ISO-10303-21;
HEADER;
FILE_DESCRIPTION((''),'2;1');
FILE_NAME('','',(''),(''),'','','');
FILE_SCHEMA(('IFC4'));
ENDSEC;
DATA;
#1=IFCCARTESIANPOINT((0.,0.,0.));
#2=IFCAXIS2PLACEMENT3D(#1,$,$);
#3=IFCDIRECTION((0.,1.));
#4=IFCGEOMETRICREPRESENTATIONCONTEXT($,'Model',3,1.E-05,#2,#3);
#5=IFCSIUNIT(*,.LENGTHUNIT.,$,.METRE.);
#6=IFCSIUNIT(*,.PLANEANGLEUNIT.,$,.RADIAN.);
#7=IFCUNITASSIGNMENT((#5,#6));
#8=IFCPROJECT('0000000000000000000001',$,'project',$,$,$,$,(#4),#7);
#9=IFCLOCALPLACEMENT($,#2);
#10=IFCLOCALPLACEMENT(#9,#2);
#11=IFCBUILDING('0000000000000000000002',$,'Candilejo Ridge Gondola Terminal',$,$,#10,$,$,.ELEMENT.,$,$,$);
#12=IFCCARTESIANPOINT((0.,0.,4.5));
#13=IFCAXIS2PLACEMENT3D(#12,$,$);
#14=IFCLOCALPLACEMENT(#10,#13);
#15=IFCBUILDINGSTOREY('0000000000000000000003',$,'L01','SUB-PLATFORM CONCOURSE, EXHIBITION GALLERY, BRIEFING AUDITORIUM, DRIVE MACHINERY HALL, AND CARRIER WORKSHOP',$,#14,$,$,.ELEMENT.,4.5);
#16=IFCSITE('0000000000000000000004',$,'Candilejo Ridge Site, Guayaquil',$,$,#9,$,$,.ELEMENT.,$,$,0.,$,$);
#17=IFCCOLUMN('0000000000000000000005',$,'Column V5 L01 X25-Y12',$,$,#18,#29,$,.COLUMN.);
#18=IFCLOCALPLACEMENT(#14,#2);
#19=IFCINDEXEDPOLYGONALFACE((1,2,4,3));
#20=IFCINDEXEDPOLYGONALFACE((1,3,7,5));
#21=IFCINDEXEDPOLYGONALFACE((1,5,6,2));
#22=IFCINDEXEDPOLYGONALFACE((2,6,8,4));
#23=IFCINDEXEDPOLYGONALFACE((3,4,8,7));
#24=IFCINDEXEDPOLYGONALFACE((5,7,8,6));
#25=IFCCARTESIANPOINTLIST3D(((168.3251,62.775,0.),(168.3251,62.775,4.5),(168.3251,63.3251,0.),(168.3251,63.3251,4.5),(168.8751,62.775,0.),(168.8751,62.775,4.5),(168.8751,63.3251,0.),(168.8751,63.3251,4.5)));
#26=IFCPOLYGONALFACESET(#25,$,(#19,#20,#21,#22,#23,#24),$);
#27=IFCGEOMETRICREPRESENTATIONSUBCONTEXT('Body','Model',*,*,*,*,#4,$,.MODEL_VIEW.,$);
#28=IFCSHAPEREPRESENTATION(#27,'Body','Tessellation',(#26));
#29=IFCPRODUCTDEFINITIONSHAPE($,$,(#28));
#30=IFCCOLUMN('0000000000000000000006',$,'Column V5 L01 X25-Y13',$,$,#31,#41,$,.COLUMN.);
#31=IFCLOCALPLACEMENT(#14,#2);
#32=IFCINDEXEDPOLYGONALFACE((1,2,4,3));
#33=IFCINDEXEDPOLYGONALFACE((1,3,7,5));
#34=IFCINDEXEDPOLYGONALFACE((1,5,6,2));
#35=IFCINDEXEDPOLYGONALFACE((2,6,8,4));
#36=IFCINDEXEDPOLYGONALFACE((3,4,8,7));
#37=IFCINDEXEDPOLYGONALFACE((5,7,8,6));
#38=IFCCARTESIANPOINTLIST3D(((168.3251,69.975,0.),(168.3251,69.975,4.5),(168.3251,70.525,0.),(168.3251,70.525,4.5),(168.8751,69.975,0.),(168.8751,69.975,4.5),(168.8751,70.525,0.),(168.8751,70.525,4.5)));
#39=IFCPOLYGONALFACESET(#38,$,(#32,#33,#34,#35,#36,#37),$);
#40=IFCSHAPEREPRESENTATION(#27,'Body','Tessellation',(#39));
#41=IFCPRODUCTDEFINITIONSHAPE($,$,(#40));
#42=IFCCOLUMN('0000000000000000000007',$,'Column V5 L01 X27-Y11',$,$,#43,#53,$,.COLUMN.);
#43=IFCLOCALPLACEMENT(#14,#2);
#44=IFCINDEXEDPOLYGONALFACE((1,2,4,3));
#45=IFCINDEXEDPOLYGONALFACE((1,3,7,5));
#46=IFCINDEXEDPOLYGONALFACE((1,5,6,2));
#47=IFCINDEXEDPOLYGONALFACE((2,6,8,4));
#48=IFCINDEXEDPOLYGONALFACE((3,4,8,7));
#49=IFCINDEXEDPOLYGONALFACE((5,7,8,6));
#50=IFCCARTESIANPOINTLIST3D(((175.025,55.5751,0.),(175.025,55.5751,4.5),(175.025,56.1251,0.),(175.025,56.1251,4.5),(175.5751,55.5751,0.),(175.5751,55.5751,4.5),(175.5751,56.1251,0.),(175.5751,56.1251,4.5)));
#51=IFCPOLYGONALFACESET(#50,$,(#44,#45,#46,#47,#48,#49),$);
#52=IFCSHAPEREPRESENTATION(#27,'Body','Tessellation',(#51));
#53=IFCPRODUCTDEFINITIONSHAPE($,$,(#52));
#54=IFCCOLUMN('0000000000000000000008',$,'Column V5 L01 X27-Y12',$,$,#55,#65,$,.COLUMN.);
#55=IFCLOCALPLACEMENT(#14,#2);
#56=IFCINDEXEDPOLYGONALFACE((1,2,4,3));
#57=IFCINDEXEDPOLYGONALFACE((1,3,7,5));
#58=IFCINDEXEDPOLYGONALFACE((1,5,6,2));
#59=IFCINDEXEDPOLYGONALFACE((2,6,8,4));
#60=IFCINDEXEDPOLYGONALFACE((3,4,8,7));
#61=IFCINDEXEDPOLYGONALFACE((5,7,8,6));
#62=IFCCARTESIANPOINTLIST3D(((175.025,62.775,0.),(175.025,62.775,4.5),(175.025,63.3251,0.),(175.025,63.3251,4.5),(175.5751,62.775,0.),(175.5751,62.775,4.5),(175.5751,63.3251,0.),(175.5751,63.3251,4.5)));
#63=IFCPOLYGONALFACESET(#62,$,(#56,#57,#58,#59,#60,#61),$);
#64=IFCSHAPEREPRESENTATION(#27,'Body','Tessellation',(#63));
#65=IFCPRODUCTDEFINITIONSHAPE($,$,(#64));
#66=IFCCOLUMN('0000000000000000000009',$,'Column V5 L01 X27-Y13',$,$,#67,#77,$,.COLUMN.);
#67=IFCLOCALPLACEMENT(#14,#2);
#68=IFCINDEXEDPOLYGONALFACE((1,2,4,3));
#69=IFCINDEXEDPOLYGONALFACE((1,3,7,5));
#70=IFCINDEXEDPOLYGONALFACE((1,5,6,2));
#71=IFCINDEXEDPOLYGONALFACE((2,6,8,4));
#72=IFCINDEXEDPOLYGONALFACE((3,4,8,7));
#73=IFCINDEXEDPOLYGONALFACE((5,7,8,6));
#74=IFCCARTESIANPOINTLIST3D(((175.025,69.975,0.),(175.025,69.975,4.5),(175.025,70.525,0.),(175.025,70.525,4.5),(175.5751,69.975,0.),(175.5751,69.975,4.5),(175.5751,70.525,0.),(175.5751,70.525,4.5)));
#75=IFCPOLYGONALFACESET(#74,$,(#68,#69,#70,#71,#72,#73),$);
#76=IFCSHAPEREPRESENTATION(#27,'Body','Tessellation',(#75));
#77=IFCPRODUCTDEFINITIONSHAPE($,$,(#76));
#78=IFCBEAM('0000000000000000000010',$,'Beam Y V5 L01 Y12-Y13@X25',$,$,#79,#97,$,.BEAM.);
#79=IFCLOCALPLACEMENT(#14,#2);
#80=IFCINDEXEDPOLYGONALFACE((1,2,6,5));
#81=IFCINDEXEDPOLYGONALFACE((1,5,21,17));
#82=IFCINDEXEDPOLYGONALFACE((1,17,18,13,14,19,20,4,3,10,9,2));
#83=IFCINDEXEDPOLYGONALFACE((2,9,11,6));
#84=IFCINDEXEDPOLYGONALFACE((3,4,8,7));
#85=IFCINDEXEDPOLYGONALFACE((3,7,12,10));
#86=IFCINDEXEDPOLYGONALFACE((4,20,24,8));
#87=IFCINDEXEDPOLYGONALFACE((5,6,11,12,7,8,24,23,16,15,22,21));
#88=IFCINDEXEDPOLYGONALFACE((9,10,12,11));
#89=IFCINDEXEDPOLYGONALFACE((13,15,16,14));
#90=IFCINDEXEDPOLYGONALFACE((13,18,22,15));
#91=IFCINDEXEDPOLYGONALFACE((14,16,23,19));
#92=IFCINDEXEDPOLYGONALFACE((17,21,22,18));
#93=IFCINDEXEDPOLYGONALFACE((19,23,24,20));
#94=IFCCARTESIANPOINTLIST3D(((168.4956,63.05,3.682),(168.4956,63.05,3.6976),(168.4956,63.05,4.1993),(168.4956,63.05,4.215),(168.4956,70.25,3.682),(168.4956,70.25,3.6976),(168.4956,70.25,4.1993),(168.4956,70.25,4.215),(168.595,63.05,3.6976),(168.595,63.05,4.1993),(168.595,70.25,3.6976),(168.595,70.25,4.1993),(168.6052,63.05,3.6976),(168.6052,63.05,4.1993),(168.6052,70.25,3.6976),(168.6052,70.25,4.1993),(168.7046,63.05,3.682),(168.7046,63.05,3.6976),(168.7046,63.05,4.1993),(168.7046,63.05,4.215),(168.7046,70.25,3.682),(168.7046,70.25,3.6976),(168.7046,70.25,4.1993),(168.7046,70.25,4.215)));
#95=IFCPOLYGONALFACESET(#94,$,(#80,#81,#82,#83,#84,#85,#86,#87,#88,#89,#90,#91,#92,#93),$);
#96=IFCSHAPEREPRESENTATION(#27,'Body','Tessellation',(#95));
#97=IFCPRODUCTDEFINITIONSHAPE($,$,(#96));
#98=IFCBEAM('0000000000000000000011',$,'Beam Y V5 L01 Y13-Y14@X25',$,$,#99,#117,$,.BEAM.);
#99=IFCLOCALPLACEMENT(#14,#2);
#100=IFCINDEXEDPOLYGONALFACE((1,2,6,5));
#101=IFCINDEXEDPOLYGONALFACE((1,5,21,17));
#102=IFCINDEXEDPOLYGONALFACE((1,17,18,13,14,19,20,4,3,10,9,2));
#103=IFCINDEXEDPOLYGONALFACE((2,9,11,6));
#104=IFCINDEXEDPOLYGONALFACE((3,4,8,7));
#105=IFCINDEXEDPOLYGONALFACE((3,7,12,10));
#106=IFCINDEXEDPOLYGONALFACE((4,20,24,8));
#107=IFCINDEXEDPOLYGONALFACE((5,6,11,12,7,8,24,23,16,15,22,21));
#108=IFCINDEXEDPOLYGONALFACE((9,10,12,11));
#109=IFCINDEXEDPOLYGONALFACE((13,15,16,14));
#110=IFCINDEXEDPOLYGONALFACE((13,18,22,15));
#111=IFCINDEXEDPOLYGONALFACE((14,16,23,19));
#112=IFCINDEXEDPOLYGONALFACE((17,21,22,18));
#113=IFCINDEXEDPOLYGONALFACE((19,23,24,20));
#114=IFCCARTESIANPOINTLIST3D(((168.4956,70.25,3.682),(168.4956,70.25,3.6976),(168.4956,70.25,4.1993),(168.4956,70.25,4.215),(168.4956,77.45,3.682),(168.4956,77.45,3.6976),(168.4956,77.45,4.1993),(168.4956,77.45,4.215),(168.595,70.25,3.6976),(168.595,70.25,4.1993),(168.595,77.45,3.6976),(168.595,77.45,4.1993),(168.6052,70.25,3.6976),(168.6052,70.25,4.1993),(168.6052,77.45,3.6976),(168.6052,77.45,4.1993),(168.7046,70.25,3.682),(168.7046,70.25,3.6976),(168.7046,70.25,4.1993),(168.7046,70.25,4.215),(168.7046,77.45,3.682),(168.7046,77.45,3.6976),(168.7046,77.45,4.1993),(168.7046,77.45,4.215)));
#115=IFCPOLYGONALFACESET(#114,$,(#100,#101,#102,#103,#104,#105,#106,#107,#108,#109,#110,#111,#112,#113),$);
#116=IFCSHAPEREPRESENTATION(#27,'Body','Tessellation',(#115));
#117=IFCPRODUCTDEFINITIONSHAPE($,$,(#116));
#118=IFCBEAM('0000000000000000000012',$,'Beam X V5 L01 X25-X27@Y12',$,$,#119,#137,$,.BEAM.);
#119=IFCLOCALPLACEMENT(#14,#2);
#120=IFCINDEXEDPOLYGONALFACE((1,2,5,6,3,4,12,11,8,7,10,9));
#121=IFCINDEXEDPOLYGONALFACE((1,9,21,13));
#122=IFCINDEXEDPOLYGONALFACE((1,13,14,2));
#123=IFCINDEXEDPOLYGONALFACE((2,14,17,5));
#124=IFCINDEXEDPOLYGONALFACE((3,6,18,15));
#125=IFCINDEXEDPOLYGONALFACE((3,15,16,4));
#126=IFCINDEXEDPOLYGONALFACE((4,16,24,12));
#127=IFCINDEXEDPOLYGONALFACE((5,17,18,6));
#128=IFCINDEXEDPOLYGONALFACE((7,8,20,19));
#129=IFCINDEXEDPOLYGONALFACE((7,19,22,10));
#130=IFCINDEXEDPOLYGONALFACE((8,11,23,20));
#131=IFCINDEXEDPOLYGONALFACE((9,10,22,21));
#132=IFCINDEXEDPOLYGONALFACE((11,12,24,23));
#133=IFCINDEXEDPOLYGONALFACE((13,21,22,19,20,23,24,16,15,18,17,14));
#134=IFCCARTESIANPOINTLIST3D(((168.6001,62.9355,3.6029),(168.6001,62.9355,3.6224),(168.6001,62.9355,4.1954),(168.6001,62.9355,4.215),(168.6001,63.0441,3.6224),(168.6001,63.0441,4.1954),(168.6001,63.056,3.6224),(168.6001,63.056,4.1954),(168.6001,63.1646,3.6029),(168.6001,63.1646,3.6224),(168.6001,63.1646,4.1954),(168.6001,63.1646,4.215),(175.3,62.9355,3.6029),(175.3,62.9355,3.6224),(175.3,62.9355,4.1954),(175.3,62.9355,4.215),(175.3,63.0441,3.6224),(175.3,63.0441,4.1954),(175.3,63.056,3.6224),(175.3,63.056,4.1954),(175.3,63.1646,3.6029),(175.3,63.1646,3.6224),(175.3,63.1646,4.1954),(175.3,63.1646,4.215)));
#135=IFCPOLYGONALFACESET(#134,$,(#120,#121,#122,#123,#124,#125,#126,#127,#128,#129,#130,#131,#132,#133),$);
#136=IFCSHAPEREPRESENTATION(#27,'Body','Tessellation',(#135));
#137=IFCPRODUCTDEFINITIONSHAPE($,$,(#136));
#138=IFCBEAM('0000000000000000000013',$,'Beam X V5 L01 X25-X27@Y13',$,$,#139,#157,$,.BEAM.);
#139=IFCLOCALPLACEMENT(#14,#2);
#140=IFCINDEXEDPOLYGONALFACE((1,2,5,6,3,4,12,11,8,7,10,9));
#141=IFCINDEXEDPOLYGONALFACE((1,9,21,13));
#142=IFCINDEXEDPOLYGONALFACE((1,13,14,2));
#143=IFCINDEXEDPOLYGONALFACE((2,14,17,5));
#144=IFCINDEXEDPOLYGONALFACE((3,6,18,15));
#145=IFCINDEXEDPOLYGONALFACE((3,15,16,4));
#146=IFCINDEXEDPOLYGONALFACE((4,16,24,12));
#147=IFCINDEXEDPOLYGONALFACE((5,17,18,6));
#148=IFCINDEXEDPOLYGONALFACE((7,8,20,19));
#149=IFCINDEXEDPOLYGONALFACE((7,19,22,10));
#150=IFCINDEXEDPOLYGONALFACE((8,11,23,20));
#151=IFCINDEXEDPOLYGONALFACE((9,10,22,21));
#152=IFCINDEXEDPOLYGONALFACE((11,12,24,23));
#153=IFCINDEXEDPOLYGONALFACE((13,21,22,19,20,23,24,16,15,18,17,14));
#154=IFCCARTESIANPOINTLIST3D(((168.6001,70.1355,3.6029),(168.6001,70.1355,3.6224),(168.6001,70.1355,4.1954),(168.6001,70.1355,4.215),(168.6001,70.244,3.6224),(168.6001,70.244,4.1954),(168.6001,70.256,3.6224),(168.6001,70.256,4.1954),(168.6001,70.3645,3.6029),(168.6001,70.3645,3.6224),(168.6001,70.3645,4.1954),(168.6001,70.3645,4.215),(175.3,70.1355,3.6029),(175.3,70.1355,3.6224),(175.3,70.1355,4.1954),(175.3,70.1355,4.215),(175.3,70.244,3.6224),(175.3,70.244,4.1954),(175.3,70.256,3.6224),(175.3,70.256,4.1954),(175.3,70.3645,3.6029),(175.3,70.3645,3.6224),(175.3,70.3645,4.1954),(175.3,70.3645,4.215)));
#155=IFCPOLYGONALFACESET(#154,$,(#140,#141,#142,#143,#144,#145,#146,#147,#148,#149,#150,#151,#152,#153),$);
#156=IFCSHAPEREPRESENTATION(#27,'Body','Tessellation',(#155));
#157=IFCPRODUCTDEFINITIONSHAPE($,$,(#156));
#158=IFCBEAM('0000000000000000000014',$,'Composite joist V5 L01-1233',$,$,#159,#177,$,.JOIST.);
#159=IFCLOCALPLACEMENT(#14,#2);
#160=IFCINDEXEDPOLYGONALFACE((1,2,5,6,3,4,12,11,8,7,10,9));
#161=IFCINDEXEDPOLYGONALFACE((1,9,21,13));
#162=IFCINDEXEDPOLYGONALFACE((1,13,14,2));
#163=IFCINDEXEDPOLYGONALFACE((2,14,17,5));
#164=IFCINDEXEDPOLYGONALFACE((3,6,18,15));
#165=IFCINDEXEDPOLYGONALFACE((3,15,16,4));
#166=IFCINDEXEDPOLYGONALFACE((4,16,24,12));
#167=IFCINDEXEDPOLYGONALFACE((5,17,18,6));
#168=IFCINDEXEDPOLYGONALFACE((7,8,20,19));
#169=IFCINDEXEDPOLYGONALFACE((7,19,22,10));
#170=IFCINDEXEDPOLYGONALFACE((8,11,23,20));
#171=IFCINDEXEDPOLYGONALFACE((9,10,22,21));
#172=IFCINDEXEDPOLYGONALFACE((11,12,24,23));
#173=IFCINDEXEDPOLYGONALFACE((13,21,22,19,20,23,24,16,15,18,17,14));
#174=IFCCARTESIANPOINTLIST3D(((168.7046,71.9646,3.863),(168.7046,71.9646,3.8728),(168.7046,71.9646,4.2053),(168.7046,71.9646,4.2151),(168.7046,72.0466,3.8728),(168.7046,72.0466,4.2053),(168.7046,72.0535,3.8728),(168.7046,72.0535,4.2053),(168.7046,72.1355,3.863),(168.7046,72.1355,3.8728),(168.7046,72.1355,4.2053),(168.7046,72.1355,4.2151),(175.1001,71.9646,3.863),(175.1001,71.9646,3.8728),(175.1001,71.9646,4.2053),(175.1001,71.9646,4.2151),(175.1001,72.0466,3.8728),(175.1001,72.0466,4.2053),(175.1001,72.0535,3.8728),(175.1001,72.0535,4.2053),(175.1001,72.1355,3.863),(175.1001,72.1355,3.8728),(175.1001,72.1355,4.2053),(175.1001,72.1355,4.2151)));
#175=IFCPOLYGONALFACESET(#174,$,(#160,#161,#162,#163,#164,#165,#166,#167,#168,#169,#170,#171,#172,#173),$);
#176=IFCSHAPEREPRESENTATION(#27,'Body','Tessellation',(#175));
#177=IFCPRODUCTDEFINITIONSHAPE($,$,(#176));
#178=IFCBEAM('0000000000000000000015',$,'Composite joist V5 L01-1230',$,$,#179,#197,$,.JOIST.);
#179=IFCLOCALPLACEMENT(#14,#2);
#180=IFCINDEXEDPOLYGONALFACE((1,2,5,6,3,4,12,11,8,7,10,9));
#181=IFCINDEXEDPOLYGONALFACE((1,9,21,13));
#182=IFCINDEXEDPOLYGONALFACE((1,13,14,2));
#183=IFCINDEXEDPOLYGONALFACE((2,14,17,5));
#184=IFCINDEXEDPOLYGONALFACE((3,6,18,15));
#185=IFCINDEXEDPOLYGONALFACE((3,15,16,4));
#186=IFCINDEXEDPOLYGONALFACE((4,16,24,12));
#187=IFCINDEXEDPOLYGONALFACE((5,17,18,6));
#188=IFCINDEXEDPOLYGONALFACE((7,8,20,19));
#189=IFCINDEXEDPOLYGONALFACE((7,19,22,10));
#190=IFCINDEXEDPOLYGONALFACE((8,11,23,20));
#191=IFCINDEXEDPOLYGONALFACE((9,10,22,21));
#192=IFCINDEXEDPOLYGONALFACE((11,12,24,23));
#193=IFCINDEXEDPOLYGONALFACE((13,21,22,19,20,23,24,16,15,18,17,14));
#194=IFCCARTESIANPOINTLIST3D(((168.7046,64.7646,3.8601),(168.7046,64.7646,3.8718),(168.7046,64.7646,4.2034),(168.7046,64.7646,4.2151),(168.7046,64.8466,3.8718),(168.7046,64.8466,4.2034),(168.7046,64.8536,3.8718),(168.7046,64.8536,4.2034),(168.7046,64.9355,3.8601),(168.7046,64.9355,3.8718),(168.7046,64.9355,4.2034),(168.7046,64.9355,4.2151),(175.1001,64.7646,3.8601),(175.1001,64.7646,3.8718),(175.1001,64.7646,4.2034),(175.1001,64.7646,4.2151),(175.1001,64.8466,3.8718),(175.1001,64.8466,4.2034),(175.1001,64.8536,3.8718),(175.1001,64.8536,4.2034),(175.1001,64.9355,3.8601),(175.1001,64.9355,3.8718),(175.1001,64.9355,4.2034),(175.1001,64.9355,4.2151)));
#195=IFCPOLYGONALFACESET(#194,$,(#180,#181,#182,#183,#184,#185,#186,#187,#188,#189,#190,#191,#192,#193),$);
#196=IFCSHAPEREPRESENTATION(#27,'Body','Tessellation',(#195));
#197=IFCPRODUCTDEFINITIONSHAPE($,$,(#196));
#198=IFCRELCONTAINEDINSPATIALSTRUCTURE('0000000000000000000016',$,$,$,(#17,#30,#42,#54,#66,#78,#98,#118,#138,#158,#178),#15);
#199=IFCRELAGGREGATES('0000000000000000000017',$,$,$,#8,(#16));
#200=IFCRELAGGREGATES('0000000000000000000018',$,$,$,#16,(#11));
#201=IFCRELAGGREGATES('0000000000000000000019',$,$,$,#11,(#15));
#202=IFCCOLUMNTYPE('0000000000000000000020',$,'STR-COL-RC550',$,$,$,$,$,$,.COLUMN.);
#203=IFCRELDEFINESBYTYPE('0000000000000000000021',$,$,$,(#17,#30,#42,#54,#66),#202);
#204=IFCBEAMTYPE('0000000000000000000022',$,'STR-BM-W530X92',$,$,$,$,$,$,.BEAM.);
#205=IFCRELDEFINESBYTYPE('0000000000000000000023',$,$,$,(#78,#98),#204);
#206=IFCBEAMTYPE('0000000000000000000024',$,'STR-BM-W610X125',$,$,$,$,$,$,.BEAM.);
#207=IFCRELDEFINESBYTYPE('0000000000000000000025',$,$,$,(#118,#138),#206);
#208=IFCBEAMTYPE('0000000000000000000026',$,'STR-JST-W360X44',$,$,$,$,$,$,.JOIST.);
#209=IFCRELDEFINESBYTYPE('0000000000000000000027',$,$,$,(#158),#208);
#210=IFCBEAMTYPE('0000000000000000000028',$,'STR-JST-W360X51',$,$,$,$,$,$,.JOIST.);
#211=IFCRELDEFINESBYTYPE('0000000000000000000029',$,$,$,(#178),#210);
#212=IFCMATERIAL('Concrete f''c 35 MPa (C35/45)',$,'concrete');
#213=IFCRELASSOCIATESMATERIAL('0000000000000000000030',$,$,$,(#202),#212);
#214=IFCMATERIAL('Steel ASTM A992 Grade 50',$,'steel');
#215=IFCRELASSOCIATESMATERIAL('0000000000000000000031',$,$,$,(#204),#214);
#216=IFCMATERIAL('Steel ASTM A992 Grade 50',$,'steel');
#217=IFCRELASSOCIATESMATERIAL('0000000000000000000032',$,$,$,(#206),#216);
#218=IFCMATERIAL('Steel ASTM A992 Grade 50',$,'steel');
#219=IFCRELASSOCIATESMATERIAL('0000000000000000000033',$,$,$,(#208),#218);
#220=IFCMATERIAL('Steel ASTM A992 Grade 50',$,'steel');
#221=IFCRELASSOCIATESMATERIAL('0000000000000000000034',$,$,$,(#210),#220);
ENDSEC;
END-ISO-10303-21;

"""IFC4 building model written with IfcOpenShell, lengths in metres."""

from ifc_helpers import new_model, si_unit, direction, frame, origin, origin_2d, place, context, subcontext, project, spatial, rectangle, i_section, extrude, material, material_profile, profile_set, type_object, element, save


model = new_model("IFC4")

# Units and contexts
model_context = context("Model", 3, precision=1e-05, world=origin(), true_north=direction((0.0, 1.0)))
body_context = subcontext(model_context, "Body", "Model", "MODEL_VIEW")
ifc_project = project(units=[si_unit("LENGTHUNIT", "METRE"), si_unit("PLANEANGLEUNIT", "RADIAN")], contexts=[model_context])

# Site, building, storey
site_placement = place(None, origin())
site = spatial("IfcSite", under=ifc_project, at=site_placement, Name="Candilejo Ridge Site, Guayaquil", CompositionType="ELEMENT", RefElevation=0.0)
building_placement = place(site_placement, origin())
building = spatial("IfcBuilding", under=site, at=building_placement, Name="Candilejo Ridge Gondola Terminal", CompositionType="ELEMENT")
storey_placement = place(building_placement, frame((0.0, 0.0, 4.5)))
storey = spatial("IfcBuildingStorey", under=building, at=storey_placement, Name="L01", Description="SUB-PLATFORM CONCOURSE, EXHIBITION GALLERY, BRIEFING AUDITORIUM, DRIVE MACHINERY HALL, AND CARRIER WORKSHOP", CompositionType="ELEMENT", Elevation=4.5)

# Columns
ifc_material_1 = material(Name="Concrete f'c 35 MPa (C35/45)", Category="concrete")
ifc_material_profile_1 = material_profile(ifc_material_1, rectangle(XDim=0.55, YDim=0.55, at=origin_2d()))
ifc_profile_set_1 = profile_set([ifc_material_profile_1], Name="Concrete f'c 35 MPa (C35/45)")
column_type = type_object("IfcColumnType", Name="STR-COL-RC550", PredefinedType="COLUMN", material=ifc_profile_set_1)
for number, where, z_axis, x_axis, name in (
    (1, (168.6001, 63.05, 0.0), (0.0, 0.0, 1.0), (1.0, 0.0, 0.0), "Column V5 L01 X25-Y12"),
    (2, (168.6001, 70.25, 0.0), (0.0, 0.0, 1.0), (1.0, 0.0, 0.0), "Column V5 L01 X25-Y13"),
    (3, (175.3, 55.8501, 0.0), (0.0, 0.0, 1.0), (1.0, 0.0, 0.0), "Column V5 L01 X27-Y11"),
    (4, (175.3, 63.05, 0.0), (0.0, 0.0, 1.0), (1.0, 0.0, 0.0), "Column V5 L01 X27-Y12"),
    (5, (175.3, 70.25, 0.0), (0.0, 0.0, 1.0), (1.0, 0.0, 0.0), "Column V5 L01 X27-Y13"),
):
    element("IfcColumn", number, at=place(storey_placement, frame(where, z_axis=z_axis, x_axis=x_axis)), inside=storey, type_object=column_type, Name=name, PredefinedType="COLUMN", context=body_context, shape_type="SweptSolid", body=[
        extrude(rectangle(XDim=0.55, YDim=0.55, at=origin_2d()), origin(), (0.0, 0.0, 1.0), 4.5),
    ])

# Beams
ifc_material_2 = material(Name="Steel ASTM A992 Grade 50", Category="steel")
ifc_material_profile_2 = material_profile(ifc_material_2, i_section(OverallWidth=0.209, OverallDepth=0.533, WebThickness=0.0103, FlangeThickness=0.0156, at=origin_2d()))
ifc_profile_set_2 = profile_set([ifc_material_profile_2], Name="Steel ASTM A992 Grade 50")
beam_type_1 = type_object("IfcBeamType", Name="STR-BM-W530X92", PredefinedType="BEAM", material=ifc_profile_set_2)
for number, where, z_axis, x_axis, name in (
    (6, (168.6001, 63.05, 3.9485), (0.0, 1.0, 0.0), (-1.0, 0.0, 0.0), "Beam Y V5 L01 Y12-Y13@X25"),
    (7, (168.6001, 70.25, 3.9485), (0.0, 1.0, 0.0), (-1.0, 0.0, 0.0), "Beam Y V5 L01 Y13-Y14@X25"),
):
    element("IfcBeam", number, at=place(storey_placement, frame(where, z_axis=z_axis, x_axis=x_axis)), inside=storey, type_object=beam_type_1, Name=name, PredefinedType="BEAM", context=body_context, shape_type="SweptSolid", body=[
        extrude(i_section(OverallWidth=0.209, OverallDepth=0.533, WebThickness=0.0103, FlangeThickness=0.0156, at=origin_2d()), origin(), (0.0, 0.0, 1.0), 7.2),
    ])
ifc_material_3 = material(Name="Steel ASTM A992 Grade 50", Category="steel")
ifc_material_profile_3 = material_profile(ifc_material_3, i_section(OverallWidth=0.229, OverallDepth=0.6121, WebThickness=0.012, FlangeThickness=0.0195, at=origin_2d()))
ifc_profile_set_3 = profile_set([ifc_material_profile_3], Name="Steel ASTM A992 Grade 50")
beam_type_2 = type_object("IfcBeamType", Name="STR-BM-W610X125", PredefinedType="BEAM", material=ifc_profile_set_3)
for number, where, z_axis, x_axis, name in (
    (8, (168.6001, 63.05, 3.9089), (1.0, 0.0, 0.0), (0.0, 1.0, 0.0), "Beam X V5 L01 X25-X27@Y12"),
    (9, (168.6001, 70.25, 3.9089), (1.0, 0.0, 0.0), (0.0, 1.0, 0.0), "Beam X V5 L01 X25-X27@Y13"),
):
    element("IfcBeam", number, at=place(storey_placement, frame(where, z_axis=z_axis, x_axis=x_axis)), inside=storey, type_object=beam_type_2, Name=name, PredefinedType="BEAM", context=body_context, shape_type="SweptSolid", body=[
        extrude(i_section(OverallWidth=0.229, OverallDepth=0.6121, WebThickness=0.012, FlangeThickness=0.0195, at=origin_2d()), origin(), (0.0, 0.0, 1.0), 6.7),
    ])
ifc_material_4 = material(Name="Steel ASTM A992 Grade 50", Category="steel")
ifc_material_profile_4 = material_profile(ifc_material_4, i_section(OverallWidth=0.1709, OverallDepth=0.3521, WebThickness=0.0068, FlangeThickness=0.0098, at=origin_2d()))
ifc_profile_set_4 = profile_set([ifc_material_profile_4], Name="Steel ASTM A992 Grade 50")
beam_type_3 = type_object("IfcBeamType", Name="STR-JST-W360X44", PredefinedType="JOIST", material=ifc_profile_set_4)
beam_placement = place(storey_placement, frame((168.7046, 72.05, 4.0391), z_axis=(1.0, 0.0, 0.0), x_axis=(0.0, 1.0, 0.0)))
element("IfcBeam", 10, at=beam_placement, inside=storey, type_object=beam_type_3, Name="Composite joist V5 L01-1233", PredefinedType="JOIST", context=body_context, shape_type="SweptSolid", body=[
    extrude(i_section(OverallWidth=0.1709, OverallDepth=0.3521, WebThickness=0.0068, FlangeThickness=0.0098, at=origin_2d()), origin(), (0.0, 0.0, 1.0), 6.3955),
])
ifc_material_5 = material(Name="Steel ASTM A992 Grade 50", Category="steel")
ifc_material_profile_5 = material_profile(ifc_material_5, i_section(OverallWidth=0.1709, OverallDepth=0.355, WebThickness=0.0071, FlangeThickness=0.0117, at=origin_2d()))
ifc_profile_set_5 = profile_set([ifc_material_profile_5], Name="Steel ASTM A992 Grade 50")
beam_type_4 = type_object("IfcBeamType", Name="STR-JST-W360X51", PredefinedType="JOIST", material=ifc_profile_set_5)
for number, where, z_axis, x_axis, name in (
    (11, (168.7046, 64.8501, 4.0376), (1.0, 0.0, 0.0), (0.0, 1.0, 0.0), "Composite joist V5 L01-1230"),
):
    element("IfcBeam", number, at=place(storey_placement, frame(where, z_axis=z_axis, x_axis=x_axis)), inside=storey, type_object=beam_type_4, Name=name, PredefinedType="JOIST", context=body_context, shape_type="SweptSolid", body=[
        extrude(i_section(OverallWidth=0.1709, OverallDepth=0.355, WebThickness=0.0071, FlangeThickness=0.0117, at=origin_2d()), origin(), (0.0, 0.0, 1.0), 6.3955),
    ])

save(model, "model.ifc")
